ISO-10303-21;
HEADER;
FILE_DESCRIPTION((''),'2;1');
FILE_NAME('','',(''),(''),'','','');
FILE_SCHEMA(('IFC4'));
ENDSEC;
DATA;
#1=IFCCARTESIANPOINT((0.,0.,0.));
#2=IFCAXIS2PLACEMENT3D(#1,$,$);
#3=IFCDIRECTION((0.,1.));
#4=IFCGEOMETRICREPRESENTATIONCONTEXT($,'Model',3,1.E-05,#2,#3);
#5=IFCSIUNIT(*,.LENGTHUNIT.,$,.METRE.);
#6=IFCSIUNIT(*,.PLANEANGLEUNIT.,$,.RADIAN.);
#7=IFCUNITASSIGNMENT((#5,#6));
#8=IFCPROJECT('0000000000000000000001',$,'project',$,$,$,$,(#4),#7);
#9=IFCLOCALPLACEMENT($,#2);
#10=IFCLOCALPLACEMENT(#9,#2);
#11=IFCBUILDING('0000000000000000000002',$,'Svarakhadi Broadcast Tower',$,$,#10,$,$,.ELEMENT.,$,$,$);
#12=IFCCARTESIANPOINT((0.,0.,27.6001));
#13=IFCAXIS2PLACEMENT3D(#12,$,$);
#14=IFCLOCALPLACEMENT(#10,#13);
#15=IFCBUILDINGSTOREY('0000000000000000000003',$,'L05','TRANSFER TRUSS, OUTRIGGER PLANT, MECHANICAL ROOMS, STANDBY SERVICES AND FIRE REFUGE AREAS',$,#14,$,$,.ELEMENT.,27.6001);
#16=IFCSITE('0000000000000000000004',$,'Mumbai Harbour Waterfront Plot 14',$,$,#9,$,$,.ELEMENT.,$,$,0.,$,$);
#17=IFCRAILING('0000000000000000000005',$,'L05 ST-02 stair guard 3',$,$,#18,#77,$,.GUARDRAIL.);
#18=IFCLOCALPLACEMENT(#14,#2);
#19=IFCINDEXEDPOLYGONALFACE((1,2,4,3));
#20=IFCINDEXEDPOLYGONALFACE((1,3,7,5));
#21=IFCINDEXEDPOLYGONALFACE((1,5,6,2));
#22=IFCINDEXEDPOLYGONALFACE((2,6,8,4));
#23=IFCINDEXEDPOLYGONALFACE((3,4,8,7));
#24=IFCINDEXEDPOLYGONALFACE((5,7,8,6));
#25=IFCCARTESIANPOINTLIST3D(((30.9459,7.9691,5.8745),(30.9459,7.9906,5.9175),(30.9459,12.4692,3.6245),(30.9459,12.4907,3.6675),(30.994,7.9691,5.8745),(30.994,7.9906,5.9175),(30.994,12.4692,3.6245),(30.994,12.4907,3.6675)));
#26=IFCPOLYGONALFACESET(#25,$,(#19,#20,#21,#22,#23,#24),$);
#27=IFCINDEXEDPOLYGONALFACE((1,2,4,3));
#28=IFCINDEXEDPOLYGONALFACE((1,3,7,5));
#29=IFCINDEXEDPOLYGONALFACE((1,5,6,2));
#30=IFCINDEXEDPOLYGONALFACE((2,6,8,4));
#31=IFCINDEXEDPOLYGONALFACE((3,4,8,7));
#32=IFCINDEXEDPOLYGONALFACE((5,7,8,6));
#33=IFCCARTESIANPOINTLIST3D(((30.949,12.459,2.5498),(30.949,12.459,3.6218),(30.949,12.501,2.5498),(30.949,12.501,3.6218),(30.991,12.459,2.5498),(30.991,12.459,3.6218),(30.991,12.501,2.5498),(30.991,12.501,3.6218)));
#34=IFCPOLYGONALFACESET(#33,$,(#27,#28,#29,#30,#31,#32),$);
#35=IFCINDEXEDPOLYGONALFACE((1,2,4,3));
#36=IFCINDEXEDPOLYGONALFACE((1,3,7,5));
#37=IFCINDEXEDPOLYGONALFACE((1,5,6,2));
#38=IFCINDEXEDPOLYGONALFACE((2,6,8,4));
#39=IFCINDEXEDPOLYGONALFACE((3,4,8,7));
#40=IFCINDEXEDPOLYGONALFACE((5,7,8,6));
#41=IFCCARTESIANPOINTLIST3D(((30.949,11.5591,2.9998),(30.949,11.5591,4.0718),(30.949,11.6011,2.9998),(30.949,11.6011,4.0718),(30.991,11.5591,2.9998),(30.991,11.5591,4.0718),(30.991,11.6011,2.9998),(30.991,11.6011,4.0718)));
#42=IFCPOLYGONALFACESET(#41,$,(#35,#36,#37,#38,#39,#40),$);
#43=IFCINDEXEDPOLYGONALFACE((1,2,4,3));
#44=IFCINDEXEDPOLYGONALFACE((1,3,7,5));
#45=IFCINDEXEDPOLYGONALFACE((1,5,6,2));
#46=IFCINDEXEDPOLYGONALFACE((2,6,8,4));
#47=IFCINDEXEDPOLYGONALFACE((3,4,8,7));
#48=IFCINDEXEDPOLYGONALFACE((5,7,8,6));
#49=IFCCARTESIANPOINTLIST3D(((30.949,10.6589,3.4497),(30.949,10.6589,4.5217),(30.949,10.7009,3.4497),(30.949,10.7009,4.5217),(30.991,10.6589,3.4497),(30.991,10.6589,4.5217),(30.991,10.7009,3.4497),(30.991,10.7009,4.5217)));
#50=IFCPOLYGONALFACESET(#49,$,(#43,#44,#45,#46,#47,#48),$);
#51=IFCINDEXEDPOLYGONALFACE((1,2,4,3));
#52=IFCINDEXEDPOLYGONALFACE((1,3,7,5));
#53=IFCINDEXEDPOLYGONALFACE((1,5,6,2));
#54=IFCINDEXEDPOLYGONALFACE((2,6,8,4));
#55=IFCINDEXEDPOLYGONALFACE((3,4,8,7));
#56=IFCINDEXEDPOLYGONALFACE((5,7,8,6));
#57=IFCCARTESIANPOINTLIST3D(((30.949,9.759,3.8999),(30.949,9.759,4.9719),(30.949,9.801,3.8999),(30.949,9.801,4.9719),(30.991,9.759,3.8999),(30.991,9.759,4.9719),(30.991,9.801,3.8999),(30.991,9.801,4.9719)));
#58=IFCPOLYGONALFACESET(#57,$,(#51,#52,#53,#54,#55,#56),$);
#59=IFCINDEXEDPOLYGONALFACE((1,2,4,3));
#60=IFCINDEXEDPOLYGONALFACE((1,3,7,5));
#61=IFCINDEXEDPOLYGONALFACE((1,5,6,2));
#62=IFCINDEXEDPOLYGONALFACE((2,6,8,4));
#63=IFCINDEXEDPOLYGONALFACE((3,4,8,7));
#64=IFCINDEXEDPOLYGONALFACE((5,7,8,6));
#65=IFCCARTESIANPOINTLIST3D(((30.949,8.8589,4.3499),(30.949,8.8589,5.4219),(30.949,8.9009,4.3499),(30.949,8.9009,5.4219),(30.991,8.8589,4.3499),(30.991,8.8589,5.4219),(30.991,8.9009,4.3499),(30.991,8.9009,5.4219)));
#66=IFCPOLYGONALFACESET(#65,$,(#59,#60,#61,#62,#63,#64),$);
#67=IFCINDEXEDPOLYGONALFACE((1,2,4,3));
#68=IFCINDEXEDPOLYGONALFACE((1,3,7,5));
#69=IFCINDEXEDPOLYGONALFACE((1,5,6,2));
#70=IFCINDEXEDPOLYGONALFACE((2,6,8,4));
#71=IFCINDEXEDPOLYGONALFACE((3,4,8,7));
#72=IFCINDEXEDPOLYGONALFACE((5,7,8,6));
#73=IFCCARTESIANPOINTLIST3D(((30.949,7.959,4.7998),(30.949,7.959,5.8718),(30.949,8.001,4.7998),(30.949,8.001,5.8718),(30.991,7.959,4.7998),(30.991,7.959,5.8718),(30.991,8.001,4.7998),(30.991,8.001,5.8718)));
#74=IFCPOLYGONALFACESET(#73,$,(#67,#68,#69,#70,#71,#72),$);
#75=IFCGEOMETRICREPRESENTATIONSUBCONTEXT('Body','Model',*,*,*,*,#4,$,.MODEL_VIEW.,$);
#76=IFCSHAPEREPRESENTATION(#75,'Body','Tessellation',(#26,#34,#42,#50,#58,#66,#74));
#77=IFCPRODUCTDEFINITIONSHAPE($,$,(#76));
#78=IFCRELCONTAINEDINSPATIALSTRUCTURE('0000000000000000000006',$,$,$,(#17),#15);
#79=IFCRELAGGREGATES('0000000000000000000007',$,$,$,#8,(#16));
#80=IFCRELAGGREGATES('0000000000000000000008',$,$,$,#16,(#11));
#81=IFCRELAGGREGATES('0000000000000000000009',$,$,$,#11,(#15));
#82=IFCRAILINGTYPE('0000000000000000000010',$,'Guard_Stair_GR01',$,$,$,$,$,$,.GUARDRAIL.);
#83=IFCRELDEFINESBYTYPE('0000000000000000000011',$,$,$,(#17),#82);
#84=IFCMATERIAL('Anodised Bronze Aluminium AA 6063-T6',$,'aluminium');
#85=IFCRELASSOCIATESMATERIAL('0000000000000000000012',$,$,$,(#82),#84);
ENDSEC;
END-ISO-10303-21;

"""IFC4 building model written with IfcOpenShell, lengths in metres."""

from ifc_helpers import new_model, si_unit, direction, frame, origin, origin_2d, place, context, subcontext, project, spatial, rectangle, extrude, material, type_object, element, save


model = new_model("IFC4")

# Units and contexts
model_context = context("Model", 3, precision=1e-05, world=origin(), true_north=direction((0.0, 1.0)))
body_context = subcontext(model_context, "Body", "Model", "MODEL_VIEW")
ifc_project = project(units=[si_unit("LENGTHUNIT", "METRE"), si_unit("PLANEANGLEUNIT", "RADIAN")], contexts=[model_context])

# Site, building, storey
site_placement = place(None, origin())
site = spatial("IfcSite", under=ifc_project, at=site_placement, Name="Mumbai Harbour Waterfront Plot 14", CompositionType="ELEMENT", RefElevation=0.0)
building_placement = place(site_placement, origin())
building = spatial("IfcBuilding", under=site, at=building_placement, Name="Svarakhadi Broadcast Tower", CompositionType="ELEMENT")
storey_placement = place(building_placement, frame((0.0, 0.0, 27.6001)))
storey = spatial("IfcBuildingStorey", under=building, at=storey_placement, Name="L05", Description="TRANSFER TRUSS, OUTRIGGER PLANT, MECHANICAL ROOMS, STANDBY SERVICES AND FIRE REFUGE AREAS", CompositionType="ELEMENT", Elevation=27.6001)

# Railing
ifc_material_1 = material(Name="Anodised Bronze Aluminium AA 6063-T6", Category="aluminium")
railing_type = type_object("IfcRailingType", Name="Guard_Stair_GR01", PredefinedType="GUARDRAIL", material=ifc_material_1)
railing_1_placement = place(storey_placement, frame((30.97, 12.48, 2.5498)))
element("IfcRailing", 1, at=railing_1_placement, inside=storey, type_object=railing_type, Name="L05 ST-02 stair guard 3", PredefinedType="GUARDRAIL", context=body_context, shape_type="SweptSolid", body=[
    extrude(rectangle(XDim=0.0481, YDim=0.0481, at=origin_2d()), frame((0.0, 0.0, 1.0962), z_axis=(0.0, -0.894427, 0.447214), x_axis=(1.0, 0.0, 0.0)), (0.0, 0.0, 1.0), 5.0312),
    extrude(rectangle(XDim=0.042, YDim=0.042, at=origin_2d()), origin(), (0.0, 0.0, 1.0), 1.072),
    extrude(rectangle(XDim=0.042, YDim=0.042, at=origin_2d()), frame((0.0, -0.8999, 0.45)), (0.0, 0.0, 1.0), 1.072),
    extrude(rectangle(XDim=0.042, YDim=0.042, at=origin_2d()), frame((0.0, -1.8, 0.8999)), (0.0, 0.0, 1.0), 1.072),
    extrude(rectangle(XDim=0.042, YDim=0.042, at=origin_2d()), frame((0.0, -2.7, 1.3501)), (0.0, 0.0, 1.0), 1.072),
    extrude(rectangle(XDim=0.042, YDim=0.042, at=origin_2d()), frame((0.0, -3.6001, 1.8)), (0.0, 0.0, 1.0), 1.072),
    extrude(rectangle(XDim=0.042, YDim=0.042, at=origin_2d()), frame((0.0, -4.5, 2.25)), (0.0, 0.0, 1.0), 1.072),
])

save(model, "model.ifc")
